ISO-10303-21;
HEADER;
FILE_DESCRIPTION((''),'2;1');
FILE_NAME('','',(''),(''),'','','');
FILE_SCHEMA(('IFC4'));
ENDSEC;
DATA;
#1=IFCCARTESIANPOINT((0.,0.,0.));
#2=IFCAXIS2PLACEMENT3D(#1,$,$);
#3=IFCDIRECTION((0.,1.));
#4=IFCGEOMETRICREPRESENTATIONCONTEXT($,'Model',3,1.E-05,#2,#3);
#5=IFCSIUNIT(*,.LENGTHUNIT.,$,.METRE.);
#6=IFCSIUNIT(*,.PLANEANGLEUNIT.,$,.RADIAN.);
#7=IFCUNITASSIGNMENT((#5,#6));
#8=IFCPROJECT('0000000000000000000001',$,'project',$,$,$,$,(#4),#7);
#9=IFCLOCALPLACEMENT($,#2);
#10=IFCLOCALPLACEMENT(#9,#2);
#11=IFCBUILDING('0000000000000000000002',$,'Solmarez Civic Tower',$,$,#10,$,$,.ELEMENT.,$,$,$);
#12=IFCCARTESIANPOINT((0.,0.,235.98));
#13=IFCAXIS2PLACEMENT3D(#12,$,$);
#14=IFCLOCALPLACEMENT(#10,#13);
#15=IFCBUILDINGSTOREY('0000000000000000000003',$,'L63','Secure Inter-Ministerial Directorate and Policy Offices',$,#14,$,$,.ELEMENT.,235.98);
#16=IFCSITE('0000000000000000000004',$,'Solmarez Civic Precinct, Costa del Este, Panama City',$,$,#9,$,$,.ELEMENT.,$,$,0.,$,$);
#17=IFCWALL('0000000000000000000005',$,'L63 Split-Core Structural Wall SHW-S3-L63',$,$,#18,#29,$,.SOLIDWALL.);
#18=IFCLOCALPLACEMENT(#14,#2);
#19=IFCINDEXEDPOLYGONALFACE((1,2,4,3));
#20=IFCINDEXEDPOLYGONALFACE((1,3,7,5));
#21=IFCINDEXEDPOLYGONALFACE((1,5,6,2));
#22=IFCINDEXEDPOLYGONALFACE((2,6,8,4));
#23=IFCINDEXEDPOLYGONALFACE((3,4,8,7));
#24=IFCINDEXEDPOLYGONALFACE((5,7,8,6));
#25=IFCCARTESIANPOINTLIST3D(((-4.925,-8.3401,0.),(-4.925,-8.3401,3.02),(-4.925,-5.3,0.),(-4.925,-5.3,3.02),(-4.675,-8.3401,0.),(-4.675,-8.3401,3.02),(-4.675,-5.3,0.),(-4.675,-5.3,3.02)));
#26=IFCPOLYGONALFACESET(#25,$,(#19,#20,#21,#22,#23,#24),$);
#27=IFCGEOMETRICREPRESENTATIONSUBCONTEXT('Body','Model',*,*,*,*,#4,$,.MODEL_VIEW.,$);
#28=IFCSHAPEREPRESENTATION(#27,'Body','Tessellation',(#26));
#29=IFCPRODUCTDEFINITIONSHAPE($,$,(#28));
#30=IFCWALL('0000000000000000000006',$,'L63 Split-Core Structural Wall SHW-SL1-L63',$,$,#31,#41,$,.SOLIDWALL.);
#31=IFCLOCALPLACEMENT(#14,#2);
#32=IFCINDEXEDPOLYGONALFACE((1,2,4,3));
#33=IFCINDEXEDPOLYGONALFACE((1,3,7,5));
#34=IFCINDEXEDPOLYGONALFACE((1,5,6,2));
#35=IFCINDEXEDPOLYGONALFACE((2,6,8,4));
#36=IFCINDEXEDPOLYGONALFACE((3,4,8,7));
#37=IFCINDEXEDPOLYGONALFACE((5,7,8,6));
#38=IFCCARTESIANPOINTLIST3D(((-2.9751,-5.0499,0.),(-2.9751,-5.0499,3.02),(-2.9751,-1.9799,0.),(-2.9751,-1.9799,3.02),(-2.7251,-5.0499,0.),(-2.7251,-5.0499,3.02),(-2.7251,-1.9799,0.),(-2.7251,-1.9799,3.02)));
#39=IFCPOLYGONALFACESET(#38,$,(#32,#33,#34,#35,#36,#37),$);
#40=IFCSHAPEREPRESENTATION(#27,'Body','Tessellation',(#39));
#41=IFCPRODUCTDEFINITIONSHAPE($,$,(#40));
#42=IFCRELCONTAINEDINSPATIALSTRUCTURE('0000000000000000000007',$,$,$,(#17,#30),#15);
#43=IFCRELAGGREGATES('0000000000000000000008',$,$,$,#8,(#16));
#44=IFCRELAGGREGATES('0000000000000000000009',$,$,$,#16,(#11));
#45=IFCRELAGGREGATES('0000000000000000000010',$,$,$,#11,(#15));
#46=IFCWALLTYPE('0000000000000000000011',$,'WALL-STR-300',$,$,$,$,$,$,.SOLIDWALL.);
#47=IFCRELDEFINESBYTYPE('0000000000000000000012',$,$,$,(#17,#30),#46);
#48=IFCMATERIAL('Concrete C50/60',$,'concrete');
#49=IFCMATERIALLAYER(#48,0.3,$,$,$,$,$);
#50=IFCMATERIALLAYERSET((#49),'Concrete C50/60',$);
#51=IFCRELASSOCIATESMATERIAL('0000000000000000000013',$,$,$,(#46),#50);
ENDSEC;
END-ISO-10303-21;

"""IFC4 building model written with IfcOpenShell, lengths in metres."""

from ifc_helpers import new_model, si_unit, direction, frame, frame_2d, origin, place, context, subcontext, project, spatial, rectangle, extrude, material, layer, layer_set, type_object, element, save


model = new_model("IFC4")

# Units and contexts
model_context = context("Model", 3, precision=1e-05, world=origin(), true_north=direction((0.0, 1.0)))
body_context = subcontext(model_context, "Body", "Model", "MODEL_VIEW")
ifc_project = project(units=[si_unit("LENGTHUNIT", "METRE"), si_unit("PLANEANGLEUNIT", "RADIAN")], contexts=[model_context])

# Site, building, storey
site_placement = place(None, origin())
site = spatial("IfcSite", under=ifc_project, at=site_placement, Name="Solmarez Civic Precinct, Costa del Este, Panama City", CompositionType="ELEMENT", RefElevation=0.0)
building_placement = place(site_placement, origin())
building = spatial("IfcBuilding", under=site, at=building_placement, Name="Solmarez Civic Tower", CompositionType="ELEMENT")
storey_placement = place(building_placement, frame((0.0, 0.0, 235.98)))
storey = spatial("IfcBuildingStorey", under=building, at=storey_placement, Name="L63", Description="Secure Inter-Ministerial Directorate and Policy Offices", CompositionType="ELEMENT", Elevation=235.98)

# Shared definitions
ifc_material_1 = material(Name="Concrete C50/60", Category="concrete")

# Shared definitions
ifc_layer_1 = layer(ifc_material_1, 0.3)
ifc_layer_set_1 = layer_set([ifc_layer_1], Name="Concrete C50/60")
wall_type_1 = type_object("IfcWallType", Name="WALL-STR-300", PredefinedType="SOLIDWALL", material=ifc_layer_set_1)

# Walls
for number, where, z_axis, x_axis, name in (
    (1, (-4.8, -8.3401, 0.0), (0.0, 0.0, 1.0), (0.0, 1.0, 0.0), "L63 Split-Core Structural Wall SHW-S3-L63"),
):
    element("IfcWall", number, at=place(storey_placement, frame(where, z_axis=z_axis, x_axis=x_axis)), inside=storey, type_object=wall_type_1, Name=name, PredefinedType="SOLIDWALL", context=body_context, shape_type="SweptSolid", body=[
        extrude(rectangle(XDim=3.04, YDim=0.25, at=frame_2d((1.52, 0.0))), origin(), (0.0, 0.0, 1.0), 3.02),
    ])
wall_1_placement = place(storey_placement, frame((-2.8501, -5.05, 0.0), z_axis=(0.0, 0.0, 1.0), x_axis=(0.0, 1.0, 0.0)))
element("IfcWall", 2, at=wall_1_placement, inside=storey, type_object=wall_type_1, Name="L63 Split-Core Structural Wall SHW-SL1-L63", PredefinedType="SOLIDWALL", context=body_context, shape_type="SweptSolid", body=[
    extrude(rectangle(XDim=3.0701, YDim=0.25, at=frame_2d((1.5352, 0.0))), origin(), (0.0, 0.0, 1.0), 3.02),
])

save(model, "model.ifc")
